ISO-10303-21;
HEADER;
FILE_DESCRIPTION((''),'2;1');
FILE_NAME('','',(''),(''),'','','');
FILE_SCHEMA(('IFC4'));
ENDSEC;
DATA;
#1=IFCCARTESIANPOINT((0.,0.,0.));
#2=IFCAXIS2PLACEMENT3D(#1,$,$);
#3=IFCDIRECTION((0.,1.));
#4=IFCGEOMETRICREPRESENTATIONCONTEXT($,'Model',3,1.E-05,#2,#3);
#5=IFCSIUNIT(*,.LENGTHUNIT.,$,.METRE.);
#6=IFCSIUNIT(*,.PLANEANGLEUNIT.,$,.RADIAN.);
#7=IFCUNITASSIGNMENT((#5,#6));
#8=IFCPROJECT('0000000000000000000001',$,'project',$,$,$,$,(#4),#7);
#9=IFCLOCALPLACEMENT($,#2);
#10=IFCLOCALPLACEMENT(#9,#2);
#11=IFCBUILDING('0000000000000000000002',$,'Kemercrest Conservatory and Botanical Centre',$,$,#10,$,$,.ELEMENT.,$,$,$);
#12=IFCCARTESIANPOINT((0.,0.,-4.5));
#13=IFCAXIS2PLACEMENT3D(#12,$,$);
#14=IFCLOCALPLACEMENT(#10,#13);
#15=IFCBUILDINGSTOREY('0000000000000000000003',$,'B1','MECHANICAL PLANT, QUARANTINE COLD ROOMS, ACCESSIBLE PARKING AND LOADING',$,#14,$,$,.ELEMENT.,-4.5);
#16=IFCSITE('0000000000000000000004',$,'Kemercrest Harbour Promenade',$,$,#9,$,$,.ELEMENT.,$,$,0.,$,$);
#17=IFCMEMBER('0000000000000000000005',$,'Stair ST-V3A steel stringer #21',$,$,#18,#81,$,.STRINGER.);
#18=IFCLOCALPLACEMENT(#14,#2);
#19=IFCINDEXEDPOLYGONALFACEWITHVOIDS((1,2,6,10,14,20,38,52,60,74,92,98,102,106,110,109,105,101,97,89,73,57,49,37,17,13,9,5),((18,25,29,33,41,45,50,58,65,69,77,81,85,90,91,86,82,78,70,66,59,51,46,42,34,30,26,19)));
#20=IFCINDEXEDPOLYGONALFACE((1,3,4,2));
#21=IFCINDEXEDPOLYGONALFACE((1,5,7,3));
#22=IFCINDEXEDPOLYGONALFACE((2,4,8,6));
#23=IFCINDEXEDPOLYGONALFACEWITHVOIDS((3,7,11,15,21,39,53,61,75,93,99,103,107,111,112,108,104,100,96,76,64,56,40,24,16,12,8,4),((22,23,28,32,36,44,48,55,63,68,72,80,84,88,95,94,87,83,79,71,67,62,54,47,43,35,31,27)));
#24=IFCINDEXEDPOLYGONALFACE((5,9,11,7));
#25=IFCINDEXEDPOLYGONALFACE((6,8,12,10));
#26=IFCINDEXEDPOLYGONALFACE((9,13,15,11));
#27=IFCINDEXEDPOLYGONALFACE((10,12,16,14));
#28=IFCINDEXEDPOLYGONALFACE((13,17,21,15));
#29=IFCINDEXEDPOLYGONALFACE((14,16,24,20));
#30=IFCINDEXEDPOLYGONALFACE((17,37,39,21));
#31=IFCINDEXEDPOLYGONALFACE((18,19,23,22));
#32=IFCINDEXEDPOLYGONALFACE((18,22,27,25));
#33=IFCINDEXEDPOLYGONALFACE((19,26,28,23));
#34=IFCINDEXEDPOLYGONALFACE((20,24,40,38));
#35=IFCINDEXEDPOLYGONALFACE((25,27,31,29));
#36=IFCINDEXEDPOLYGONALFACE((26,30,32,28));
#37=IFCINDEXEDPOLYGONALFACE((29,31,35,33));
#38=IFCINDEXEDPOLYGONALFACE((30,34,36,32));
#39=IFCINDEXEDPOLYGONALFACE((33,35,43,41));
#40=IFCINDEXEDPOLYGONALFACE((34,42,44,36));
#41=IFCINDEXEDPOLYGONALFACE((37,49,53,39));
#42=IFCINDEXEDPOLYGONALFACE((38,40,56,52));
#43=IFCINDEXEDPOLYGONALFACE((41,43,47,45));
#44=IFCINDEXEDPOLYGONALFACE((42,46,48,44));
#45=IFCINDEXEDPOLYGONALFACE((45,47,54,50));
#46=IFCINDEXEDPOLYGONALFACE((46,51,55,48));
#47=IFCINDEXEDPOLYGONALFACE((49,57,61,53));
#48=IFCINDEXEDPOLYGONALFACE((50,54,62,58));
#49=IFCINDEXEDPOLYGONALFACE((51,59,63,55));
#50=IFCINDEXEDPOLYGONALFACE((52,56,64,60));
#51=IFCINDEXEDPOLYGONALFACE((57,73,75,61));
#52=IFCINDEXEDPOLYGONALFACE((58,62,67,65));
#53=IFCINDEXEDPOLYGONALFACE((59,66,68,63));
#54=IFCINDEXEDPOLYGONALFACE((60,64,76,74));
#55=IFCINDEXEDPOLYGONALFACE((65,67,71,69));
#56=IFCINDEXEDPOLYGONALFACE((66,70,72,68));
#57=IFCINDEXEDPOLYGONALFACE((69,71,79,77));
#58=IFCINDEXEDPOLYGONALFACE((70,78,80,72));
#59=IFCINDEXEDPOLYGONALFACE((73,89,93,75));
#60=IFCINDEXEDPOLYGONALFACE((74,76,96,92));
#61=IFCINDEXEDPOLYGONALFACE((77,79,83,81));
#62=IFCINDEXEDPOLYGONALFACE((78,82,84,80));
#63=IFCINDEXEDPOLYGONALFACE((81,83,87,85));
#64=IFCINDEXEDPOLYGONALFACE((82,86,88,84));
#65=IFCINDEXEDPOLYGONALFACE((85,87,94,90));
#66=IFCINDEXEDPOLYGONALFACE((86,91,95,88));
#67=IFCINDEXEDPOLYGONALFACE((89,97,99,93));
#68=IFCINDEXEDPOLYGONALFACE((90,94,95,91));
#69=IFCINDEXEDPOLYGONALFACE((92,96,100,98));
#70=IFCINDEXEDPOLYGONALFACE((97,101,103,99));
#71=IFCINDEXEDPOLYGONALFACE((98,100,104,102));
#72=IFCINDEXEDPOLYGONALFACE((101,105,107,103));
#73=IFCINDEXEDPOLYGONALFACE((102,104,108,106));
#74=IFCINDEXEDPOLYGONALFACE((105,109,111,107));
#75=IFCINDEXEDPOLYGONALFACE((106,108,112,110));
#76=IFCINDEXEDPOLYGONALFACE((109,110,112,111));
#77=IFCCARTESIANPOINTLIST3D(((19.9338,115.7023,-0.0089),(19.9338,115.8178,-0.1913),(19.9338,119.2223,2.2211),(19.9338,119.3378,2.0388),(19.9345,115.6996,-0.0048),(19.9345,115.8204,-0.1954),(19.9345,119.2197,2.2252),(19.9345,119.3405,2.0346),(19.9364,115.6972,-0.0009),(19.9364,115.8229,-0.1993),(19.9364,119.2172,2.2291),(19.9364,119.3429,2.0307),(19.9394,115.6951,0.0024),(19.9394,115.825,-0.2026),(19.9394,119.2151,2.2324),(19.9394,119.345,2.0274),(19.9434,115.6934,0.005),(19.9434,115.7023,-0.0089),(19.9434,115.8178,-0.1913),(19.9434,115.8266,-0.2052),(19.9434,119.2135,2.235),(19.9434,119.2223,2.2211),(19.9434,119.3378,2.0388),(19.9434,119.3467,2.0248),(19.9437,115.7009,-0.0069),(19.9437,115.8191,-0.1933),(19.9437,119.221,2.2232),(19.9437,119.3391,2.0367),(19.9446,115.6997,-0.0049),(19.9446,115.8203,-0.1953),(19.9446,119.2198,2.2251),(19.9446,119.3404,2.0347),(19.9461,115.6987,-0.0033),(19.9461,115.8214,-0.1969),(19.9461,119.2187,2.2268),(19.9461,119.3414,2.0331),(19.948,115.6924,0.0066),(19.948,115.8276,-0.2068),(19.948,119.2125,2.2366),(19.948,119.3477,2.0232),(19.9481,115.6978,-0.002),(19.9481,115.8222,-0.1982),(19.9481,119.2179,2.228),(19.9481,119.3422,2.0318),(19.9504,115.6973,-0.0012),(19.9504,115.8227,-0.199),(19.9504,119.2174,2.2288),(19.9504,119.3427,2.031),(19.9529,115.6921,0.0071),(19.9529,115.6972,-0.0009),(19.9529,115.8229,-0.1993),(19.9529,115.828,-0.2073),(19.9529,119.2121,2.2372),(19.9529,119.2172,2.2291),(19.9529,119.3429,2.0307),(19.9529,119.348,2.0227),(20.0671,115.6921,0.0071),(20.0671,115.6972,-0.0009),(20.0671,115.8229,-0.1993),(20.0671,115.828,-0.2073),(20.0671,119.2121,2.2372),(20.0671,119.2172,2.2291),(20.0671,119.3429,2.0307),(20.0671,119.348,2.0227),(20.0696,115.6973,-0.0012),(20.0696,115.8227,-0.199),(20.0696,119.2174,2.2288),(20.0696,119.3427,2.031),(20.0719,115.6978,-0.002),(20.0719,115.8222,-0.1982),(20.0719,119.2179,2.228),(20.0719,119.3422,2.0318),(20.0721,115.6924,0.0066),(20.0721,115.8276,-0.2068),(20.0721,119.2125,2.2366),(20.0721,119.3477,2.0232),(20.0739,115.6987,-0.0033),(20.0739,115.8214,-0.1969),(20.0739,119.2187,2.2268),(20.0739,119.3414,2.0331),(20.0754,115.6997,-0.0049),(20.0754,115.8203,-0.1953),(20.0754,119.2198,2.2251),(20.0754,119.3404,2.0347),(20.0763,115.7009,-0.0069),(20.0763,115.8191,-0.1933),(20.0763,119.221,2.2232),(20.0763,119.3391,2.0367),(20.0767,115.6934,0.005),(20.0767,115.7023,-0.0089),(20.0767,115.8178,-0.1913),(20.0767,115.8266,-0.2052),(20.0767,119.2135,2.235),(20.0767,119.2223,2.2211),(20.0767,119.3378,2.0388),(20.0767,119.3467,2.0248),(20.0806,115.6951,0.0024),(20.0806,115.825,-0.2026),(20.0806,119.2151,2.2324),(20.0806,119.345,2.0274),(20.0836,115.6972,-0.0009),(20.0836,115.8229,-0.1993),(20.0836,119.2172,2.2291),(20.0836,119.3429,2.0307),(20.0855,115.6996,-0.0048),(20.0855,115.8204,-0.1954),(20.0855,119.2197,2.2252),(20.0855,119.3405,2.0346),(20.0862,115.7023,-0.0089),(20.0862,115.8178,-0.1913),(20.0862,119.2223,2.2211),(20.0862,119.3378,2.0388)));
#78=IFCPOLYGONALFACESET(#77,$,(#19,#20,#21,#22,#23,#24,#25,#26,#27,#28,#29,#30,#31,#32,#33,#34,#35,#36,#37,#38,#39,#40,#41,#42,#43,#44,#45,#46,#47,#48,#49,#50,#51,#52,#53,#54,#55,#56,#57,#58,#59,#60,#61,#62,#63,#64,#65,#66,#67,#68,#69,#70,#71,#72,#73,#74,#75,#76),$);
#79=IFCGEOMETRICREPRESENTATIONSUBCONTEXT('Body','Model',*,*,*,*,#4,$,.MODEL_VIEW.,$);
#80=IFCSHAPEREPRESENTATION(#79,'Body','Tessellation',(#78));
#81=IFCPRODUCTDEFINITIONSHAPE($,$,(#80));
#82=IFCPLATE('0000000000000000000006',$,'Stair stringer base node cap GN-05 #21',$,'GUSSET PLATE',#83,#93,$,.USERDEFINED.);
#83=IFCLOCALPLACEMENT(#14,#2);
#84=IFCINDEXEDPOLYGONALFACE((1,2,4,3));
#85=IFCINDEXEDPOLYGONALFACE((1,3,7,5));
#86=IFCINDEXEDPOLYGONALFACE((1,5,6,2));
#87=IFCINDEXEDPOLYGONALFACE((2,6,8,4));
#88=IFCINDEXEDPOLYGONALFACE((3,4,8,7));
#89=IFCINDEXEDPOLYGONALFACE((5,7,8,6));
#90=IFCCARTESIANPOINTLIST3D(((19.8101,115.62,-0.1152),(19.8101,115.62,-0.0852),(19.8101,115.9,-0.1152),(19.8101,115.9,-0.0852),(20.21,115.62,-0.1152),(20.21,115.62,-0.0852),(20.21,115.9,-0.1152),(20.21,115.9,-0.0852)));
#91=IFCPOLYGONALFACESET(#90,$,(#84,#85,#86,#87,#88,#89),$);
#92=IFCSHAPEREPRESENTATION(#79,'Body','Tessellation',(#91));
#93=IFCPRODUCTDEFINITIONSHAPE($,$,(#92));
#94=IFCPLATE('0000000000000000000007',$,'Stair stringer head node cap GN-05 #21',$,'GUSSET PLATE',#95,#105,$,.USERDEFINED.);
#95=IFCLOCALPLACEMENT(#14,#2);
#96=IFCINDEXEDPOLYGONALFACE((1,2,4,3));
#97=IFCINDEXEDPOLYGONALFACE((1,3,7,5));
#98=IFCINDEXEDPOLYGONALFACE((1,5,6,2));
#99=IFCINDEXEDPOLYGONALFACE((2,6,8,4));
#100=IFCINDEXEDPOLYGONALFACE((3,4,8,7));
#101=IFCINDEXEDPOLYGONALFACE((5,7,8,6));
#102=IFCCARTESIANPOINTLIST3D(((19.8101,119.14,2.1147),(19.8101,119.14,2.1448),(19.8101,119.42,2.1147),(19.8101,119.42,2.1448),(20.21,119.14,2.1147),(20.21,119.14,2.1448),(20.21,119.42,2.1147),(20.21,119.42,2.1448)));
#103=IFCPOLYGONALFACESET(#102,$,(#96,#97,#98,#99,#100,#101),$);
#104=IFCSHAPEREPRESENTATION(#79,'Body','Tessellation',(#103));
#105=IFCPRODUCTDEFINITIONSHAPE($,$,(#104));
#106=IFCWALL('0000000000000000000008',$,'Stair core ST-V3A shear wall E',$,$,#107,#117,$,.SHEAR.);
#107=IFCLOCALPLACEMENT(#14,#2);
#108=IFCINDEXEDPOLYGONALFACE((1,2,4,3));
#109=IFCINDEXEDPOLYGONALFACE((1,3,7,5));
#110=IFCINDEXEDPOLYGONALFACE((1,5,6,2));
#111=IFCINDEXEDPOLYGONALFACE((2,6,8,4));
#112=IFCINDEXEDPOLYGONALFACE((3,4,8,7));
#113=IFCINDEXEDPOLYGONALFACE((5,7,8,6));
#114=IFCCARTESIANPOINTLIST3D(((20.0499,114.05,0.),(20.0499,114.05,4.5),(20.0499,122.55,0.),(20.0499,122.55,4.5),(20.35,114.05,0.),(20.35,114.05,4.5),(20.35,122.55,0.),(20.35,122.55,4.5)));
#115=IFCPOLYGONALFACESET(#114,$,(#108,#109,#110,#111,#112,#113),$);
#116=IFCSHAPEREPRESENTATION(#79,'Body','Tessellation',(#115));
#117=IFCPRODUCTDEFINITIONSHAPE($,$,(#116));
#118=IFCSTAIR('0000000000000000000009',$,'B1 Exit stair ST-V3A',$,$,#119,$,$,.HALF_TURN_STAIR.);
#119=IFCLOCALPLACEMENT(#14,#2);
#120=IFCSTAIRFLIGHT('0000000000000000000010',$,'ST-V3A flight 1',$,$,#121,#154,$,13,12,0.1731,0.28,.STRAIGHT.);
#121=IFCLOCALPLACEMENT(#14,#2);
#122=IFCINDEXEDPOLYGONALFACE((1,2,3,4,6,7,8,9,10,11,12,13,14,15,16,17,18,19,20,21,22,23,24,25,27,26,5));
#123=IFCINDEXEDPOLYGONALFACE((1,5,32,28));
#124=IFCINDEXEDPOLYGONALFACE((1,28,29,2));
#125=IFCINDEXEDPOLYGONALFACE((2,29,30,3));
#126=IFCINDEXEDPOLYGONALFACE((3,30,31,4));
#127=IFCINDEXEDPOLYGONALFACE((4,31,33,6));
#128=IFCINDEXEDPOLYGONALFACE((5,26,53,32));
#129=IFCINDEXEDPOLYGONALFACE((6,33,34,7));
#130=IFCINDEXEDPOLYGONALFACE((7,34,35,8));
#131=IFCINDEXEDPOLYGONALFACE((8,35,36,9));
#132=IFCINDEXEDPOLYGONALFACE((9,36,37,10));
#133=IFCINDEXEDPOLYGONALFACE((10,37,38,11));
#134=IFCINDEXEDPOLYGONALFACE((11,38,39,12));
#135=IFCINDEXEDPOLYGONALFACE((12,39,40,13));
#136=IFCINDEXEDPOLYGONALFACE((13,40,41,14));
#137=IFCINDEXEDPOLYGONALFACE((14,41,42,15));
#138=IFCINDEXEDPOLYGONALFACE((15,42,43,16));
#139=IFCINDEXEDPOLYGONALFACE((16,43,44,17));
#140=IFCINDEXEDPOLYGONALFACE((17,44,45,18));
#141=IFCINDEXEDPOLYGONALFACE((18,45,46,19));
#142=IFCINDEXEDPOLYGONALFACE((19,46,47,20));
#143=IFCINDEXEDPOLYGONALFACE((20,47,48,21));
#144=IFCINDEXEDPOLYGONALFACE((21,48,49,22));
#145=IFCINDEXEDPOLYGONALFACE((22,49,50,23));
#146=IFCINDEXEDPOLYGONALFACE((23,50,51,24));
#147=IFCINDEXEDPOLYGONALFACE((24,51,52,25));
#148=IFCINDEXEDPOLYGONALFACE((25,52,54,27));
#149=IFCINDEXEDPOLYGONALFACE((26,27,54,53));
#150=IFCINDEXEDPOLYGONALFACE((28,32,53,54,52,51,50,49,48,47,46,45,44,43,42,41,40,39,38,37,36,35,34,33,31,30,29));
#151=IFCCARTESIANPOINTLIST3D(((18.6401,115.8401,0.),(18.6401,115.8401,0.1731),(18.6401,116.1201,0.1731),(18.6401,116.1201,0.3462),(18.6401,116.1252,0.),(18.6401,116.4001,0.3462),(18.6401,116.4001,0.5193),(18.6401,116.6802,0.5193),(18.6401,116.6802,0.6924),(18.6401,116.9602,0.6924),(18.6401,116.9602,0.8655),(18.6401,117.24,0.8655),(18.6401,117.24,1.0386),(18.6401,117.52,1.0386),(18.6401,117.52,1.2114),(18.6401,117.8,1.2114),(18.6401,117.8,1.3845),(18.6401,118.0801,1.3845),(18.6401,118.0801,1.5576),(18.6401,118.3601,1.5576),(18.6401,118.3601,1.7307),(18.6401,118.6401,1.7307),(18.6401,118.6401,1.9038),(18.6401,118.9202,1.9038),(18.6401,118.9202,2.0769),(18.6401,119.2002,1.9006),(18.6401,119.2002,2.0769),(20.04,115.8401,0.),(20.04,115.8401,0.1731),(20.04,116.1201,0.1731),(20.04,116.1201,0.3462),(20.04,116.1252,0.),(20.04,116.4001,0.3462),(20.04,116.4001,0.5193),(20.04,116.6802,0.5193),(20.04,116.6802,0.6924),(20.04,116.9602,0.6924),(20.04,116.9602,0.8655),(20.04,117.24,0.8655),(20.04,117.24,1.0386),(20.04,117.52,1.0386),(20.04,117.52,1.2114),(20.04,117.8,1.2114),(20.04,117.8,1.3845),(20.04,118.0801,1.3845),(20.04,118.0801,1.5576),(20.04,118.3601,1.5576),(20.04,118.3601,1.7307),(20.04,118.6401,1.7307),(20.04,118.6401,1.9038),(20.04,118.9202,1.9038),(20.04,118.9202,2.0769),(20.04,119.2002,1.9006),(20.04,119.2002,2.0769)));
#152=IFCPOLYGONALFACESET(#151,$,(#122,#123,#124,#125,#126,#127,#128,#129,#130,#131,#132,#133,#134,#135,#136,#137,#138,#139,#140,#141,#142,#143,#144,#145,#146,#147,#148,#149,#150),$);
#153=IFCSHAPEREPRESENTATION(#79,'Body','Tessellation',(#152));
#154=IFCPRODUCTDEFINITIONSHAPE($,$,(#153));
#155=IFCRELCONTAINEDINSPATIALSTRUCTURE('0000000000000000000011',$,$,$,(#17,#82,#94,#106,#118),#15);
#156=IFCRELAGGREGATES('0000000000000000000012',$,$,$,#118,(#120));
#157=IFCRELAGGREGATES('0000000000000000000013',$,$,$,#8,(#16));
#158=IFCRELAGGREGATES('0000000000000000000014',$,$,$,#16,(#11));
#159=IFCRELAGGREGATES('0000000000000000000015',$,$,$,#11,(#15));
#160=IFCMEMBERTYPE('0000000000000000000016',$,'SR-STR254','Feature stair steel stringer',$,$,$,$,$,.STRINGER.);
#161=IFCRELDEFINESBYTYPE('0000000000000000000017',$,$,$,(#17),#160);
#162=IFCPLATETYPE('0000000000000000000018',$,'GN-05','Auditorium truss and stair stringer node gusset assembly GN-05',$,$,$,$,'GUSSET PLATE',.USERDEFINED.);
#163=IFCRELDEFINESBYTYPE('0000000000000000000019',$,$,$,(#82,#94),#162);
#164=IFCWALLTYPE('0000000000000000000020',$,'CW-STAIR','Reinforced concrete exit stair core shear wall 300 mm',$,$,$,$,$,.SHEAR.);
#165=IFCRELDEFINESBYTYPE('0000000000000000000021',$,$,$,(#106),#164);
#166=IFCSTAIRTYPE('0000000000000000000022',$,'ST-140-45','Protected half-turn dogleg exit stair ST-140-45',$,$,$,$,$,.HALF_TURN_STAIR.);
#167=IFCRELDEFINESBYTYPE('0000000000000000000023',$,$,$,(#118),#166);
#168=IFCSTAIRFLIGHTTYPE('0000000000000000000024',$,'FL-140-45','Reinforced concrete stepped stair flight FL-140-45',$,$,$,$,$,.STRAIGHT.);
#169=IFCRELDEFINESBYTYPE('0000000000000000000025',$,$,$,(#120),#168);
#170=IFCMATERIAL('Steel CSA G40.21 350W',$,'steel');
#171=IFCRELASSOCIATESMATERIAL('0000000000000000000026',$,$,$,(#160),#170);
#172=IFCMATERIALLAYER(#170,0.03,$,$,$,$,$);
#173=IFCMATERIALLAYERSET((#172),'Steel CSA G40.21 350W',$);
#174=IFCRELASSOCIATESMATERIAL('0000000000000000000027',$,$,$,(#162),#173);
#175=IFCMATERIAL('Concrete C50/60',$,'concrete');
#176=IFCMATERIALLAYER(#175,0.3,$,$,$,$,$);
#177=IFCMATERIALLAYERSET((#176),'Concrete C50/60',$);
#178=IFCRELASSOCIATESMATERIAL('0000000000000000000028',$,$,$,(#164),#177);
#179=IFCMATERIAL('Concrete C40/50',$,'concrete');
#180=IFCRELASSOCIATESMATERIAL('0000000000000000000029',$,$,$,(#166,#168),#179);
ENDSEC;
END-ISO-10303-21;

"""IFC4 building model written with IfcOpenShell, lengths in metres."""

from ifc_helpers import new_model, si_unit, direction, frame, frame_2d, origin, origin_2d, place, context, subcontext, project, spatial, polyline, rectangle, hollow_rectangle, outline, extrude, material, layer, layer_set, material_profile, profile_set, type_object, element, aggregate, save


model = new_model("IFC4")

# Units and contexts
model_context = context("Model", 3, precision=1e-05, world=origin(), true_north=direction((0.0, 1.0)))
body_context = subcontext(model_context, "Body", "Model", "MODEL_VIEW")
ifc_project = project(units=[si_unit("LENGTHUNIT", "METRE"), si_unit("PLANEANGLEUNIT", "RADIAN")], contexts=[model_context])

# Site, building, storey
site_placement = place(None, origin())
site = spatial("IfcSite", under=ifc_project, at=site_placement, Name="Kemercrest Harbour Promenade", CompositionType="ELEMENT", RefElevation=0.0)
building_placement = place(site_placement, origin())
building = spatial("IfcBuilding", under=site, at=building_placement, Name="Kemercrest Conservatory and Botanical Centre", CompositionType="ELEMENT")
storey_placement = place(building_placement, frame((0.0, 0.0, -4.5)))
storey = spatial("IfcBuildingStorey", under=building, at=storey_placement, Name="B1", Description="MECHANICAL PLANT, QUARANTINE COLD ROOMS, ACCESSIBLE PARKING AND LOADING", CompositionType="ELEMENT", Elevation=-4.5)

# Shared definitions
ifc_material_1 = material(Name="Concrete C40/50", Category="concrete")

# Shared definitions
ifc_material_2 = material(Name="Concrete C50/60", Category="concrete")

# Member
ifc_material_3 = material(Name="Steel CSA G40.21 350W", Category="steel")
ifc_material_profile_1 = material_profile(ifc_material_3, hollow_rectangle(XDim=0.1523, YDim=0.2539, WallThickness=0.0095, InnerFilletRadius=0.0095, OuterFilletRadius=0.019, at=origin_2d()), Name="HSS 254x152x9.5")
ifc_profile_set_1 = profile_set([ifc_material_profile_1], Name="Steel CSA G40.21 350W")
member_type = type_object("IfcMemberType", Name="SR-STR254", Description="Feature stair steel stringer", PredefinedType="STRINGER", material=ifc_profile_set_1)
member_placement = place(storey_placement, frame((20.01, 115.76, -0.1001), z_axis=(0.0, 0.84475, 0.535161), x_axis=(-1.0, 0.0, 0.0)))
element("IfcMember", 1, at=member_placement, inside=storey, type_object=member_type, Name="Stair ST-V3A steel stringer #21", PredefinedType="STRINGER", context=body_context, shape_type="SweptSolid", body=[
    extrude(hollow_rectangle(XDim=0.1523, YDim=0.2539, WallThickness=0.0095, InnerFilletRadius=0.0095, OuterFilletRadius=0.019, at=origin_2d()), origin(), (0.0, 0.0, 1.0), 4.167),
])

# Plates
ifc_layer_1 = layer(ifc_material_3, 0.03)
ifc_layer_set_1 = layer_set([ifc_layer_1], Name="Steel CSA G40.21 350W")
plate_type = type_object("IfcPlateType", Name="GN-05", Description="Auditorium truss and stair stringer node gusset assembly GN-05", ElementType="GUSSET PLATE", PredefinedType="USERDEFINED", material=ifc_layer_set_1)
for number, where, z_axis, x_axis, name in (
    (2, (20.01, 115.76, -0.1152), (0.0, 0.0, 1.0), (1.0, 0.0, 0.0), "Stair stringer base node cap GN-05 #21"),
    (3, (20.01, 119.28, 2.1147), (0.0, 0.0, 1.0), (1.0, 0.0, 0.0), "Stair stringer head node cap GN-05 #21"),
):
    element("IfcPlate", number, at=place(storey_placement, frame(where, z_axis=z_axis, x_axis=x_axis)), inside=storey, type_object=plate_type, Name=name, ObjectType="GUSSET PLATE", PredefinedType="USERDEFINED", context=body_context, shape_type="SweptSolid", body=[
        extrude(rectangle(XDim=0.3999, YDim=0.28, at=origin_2d()), origin(), (0.0, 0.0, 1.0), 0.03),
    ])

# Wall
ifc_layer_2 = layer(ifc_material_2, 0.3)
ifc_layer_set_2 = layer_set([ifc_layer_2], Name="Concrete C50/60")
wall_type = type_object("IfcWallType", Name="CW-STAIR", Description="Reinforced concrete exit stair core shear wall 300 mm", PredefinedType="SHEAR", material=ifc_layer_set_2)
wall_placement = place(storey_placement, frame((20.2, 114.05, 0.0), z_axis=(0.0, 0.0, 1.0), x_axis=(0.0, 1.0, 0.0)))
element("IfcWall", 4, at=wall_placement, inside=storey, type_object=wall_type, Name="Stair core ST-V3A shear wall E", PredefinedType="SHEAR", context=body_context, shape_type="SweptSolid", body=[
    extrude(rectangle(XDim=8.5, YDim=0.3, at=frame_2d((4.25, 0.0))), origin(), (0.0, 0.0, 1.0), 4.5),
])

# Stair, stair flight
stair_type = type_object("IfcStairType", Name="ST-140-45", Description="Protected half-turn dogleg exit stair ST-140-45", PredefinedType="HALF_TURN_STAIR", material=ifc_material_1)
stair_placement = place(storey_placement, origin())
stair = element("IfcStair", 5, at=stair_placement, inside=storey, type_object=stair_type, Name="B1 Exit stair ST-V3A", PredefinedType="HALF_TURN_STAIR")
stair_flight_type = type_object("IfcStairFlightType", Name="FL-140-45", Description="Reinforced concrete stepped stair flight FL-140-45", PredefinedType="STRAIGHT", material=ifc_material_1)
stair_flight_placement = place(storey_placement, frame((19.3401, 115.8401, 0.0), z_axis=(0.0, 0.0, 1.0), x_axis=(0.0, 1.0, 0.0)))
stair_flight = element("IfcStairFlight", 6, at=stair_flight_placement, type_object=stair_flight_type, Name="ST-V3A flight 1", NumberOfRisers=13, NumberOfTreads=12, PredefinedType="STRAIGHT", RiserHeight=0.1731, TreadLength=0.28, context=body_context, shape_type="SweptSolid", body=[
    extrude(outline(polyline([(0.0, 0.0), (0.0, 0.1731), (0.28, 0.1731), (0.28, 0.3462), (0.5601, 0.3462), (0.5601, 0.5193), (0.8401, 0.5193), (0.8401, 0.6924), (1.1201, 0.6924), (1.1201, 0.8655), (1.3999, 0.8655), (1.3999, 1.0386), (1.6799, 1.0386), (1.6799, 1.2114), (1.96, 1.2114), (1.96, 1.3845), (2.24, 1.3845), (2.24, 1.5576), (2.52, 1.5576), (2.52, 1.7307), (2.8, 1.7307), (2.8, 1.9038), (3.0801, 1.9038), (3.0801, 2.0769), (3.3601, 2.0769), (3.3601, 2.25), (3.3601, 1.9006), (0.2852, 0.0), (0.0, 0.0)])), frame((0.0, 0.7, 0.0), z_axis=(0.0, -1.0, 0.0), x_axis=(1.0, 0.0, 0.0)), (0.0, 0.0, 1.0), 1.3999),
])
aggregate(stair, [stair_flight])

save(model, "model.ifc")
